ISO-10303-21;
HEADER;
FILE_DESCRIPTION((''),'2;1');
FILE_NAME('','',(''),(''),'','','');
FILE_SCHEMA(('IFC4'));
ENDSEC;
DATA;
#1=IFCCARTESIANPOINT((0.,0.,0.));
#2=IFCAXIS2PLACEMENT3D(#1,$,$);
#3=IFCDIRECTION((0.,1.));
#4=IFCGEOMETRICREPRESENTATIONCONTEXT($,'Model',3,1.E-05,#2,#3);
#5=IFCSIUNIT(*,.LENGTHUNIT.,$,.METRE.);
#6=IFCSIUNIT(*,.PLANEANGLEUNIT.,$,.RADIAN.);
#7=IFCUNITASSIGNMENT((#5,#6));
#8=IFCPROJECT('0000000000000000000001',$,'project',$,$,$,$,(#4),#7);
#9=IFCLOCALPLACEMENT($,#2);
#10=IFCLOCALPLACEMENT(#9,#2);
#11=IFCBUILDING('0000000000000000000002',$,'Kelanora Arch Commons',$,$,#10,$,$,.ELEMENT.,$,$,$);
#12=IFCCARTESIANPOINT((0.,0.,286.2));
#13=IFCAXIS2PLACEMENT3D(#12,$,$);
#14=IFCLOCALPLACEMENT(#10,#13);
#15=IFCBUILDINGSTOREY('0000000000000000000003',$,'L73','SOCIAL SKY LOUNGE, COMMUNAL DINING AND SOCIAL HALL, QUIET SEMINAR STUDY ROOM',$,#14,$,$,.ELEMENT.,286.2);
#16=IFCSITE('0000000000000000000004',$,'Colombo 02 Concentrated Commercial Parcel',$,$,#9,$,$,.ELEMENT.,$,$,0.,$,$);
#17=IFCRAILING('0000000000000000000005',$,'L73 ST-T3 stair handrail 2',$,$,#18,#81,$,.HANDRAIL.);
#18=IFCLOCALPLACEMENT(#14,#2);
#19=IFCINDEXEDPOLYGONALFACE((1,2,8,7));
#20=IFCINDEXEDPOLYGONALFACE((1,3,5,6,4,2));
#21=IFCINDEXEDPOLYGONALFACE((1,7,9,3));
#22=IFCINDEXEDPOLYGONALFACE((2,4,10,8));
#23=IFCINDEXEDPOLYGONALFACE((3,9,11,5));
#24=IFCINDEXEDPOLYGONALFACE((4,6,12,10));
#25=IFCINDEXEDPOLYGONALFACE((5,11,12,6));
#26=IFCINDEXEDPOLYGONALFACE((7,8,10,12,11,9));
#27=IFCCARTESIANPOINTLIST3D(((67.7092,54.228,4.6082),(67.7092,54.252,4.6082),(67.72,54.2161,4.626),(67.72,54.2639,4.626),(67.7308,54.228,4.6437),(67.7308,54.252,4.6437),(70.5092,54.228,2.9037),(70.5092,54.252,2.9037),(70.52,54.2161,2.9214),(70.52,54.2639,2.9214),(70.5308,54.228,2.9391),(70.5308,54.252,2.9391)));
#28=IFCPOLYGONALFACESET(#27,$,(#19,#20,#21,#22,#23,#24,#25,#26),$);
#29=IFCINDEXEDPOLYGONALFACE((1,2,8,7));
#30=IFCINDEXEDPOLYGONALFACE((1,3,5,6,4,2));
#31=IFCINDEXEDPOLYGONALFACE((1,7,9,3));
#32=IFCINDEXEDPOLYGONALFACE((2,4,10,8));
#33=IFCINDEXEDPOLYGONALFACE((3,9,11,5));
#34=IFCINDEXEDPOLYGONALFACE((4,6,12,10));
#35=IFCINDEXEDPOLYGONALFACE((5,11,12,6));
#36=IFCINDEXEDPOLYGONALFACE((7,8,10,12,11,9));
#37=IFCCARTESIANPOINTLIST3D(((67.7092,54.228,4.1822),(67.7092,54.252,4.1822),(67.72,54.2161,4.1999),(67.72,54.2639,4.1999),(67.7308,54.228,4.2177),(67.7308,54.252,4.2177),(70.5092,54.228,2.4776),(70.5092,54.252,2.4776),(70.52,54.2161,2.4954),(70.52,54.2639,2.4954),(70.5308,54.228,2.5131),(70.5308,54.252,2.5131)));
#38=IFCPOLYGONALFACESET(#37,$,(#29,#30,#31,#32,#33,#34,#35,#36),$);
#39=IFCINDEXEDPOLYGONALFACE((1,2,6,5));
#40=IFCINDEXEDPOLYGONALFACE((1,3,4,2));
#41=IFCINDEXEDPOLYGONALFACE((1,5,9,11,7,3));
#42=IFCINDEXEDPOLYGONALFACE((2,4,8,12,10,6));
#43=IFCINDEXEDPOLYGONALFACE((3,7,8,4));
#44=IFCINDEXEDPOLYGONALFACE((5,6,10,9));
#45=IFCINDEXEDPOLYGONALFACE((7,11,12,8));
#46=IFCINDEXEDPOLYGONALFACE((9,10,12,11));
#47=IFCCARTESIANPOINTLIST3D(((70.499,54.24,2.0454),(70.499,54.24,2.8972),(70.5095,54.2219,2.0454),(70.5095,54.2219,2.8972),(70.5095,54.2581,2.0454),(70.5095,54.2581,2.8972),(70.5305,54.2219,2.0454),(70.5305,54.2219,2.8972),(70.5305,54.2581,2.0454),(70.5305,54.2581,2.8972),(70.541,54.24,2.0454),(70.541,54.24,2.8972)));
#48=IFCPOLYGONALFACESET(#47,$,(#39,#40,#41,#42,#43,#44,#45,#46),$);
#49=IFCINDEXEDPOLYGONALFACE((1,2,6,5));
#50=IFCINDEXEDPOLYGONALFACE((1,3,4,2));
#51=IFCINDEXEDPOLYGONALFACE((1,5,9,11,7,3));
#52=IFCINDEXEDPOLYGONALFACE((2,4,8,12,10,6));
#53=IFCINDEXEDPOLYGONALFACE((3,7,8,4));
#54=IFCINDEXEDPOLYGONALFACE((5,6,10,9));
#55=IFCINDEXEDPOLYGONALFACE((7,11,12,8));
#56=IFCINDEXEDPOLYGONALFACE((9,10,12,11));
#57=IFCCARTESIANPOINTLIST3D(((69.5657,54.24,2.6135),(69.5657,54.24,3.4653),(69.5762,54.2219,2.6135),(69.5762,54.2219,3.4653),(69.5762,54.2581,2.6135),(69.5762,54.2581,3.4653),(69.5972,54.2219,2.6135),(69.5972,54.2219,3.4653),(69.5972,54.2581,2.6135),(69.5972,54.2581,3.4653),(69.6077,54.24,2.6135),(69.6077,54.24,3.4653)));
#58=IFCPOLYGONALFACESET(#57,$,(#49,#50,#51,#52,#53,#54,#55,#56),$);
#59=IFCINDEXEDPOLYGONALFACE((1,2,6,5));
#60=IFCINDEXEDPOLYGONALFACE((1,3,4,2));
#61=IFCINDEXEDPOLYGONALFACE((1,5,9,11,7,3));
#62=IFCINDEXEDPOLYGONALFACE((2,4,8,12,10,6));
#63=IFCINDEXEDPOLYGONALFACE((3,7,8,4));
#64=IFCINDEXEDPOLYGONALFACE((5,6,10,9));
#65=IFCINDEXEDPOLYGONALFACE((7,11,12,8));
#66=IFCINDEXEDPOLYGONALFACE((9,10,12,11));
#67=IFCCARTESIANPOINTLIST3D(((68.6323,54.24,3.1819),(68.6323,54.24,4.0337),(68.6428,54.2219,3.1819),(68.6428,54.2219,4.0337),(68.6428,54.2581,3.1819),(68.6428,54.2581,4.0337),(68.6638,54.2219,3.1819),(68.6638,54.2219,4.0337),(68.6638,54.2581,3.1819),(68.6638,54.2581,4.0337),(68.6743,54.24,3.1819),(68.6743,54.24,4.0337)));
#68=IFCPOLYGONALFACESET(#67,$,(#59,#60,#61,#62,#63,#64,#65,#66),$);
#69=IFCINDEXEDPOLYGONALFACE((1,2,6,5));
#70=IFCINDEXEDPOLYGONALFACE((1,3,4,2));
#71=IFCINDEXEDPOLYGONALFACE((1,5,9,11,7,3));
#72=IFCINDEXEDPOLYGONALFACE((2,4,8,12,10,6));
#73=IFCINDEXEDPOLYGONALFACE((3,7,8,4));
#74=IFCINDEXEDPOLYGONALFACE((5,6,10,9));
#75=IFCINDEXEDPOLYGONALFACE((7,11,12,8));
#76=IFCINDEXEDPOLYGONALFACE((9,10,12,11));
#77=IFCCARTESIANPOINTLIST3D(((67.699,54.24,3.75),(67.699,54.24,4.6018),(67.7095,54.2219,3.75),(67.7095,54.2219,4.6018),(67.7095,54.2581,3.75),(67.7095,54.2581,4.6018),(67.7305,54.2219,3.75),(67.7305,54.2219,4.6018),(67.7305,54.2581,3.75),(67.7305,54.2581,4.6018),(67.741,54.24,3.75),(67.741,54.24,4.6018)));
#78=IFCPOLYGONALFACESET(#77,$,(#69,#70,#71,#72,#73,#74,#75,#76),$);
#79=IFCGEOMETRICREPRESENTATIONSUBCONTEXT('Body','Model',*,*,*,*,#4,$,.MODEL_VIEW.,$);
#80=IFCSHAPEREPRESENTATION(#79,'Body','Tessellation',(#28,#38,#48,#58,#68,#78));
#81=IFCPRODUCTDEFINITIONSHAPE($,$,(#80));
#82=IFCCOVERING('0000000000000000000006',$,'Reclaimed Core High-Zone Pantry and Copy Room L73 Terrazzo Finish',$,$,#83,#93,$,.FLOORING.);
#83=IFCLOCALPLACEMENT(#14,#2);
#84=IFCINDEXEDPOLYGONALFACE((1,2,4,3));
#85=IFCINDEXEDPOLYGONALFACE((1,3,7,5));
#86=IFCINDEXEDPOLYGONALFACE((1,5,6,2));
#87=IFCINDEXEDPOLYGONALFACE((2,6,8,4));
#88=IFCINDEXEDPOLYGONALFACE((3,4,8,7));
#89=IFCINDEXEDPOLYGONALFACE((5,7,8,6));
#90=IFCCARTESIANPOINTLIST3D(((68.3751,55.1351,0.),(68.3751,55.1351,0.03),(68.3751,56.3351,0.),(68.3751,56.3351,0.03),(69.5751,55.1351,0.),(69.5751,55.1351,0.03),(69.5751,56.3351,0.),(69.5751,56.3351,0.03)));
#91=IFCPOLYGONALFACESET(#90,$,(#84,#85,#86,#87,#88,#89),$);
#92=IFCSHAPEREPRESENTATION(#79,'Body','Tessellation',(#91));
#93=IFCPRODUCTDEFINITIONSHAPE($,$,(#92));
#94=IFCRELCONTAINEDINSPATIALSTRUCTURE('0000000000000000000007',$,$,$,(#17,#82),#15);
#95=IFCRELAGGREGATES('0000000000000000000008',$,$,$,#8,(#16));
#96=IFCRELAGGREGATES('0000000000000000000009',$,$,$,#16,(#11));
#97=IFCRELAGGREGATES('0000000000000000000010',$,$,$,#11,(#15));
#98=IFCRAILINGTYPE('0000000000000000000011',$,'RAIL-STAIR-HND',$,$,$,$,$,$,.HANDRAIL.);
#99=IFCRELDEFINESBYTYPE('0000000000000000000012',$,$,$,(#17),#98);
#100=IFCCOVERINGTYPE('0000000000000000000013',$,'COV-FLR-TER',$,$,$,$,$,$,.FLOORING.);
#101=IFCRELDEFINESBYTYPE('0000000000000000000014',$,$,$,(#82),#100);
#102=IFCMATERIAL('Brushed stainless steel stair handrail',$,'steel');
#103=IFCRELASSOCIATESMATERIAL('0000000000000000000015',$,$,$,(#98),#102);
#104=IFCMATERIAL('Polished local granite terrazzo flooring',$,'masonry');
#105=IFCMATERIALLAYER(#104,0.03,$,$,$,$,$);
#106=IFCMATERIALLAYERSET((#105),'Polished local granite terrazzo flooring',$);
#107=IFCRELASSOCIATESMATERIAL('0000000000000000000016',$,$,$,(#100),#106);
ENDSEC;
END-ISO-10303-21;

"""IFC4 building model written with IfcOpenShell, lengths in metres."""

from ifc_helpers import new_model, si_unit, direction, frame, origin, origin_2d, place, context, subcontext, project, spatial, polyline, rectangle, outline, extrude, source, transform, mapped, material, layer, layer_set, type_object, element, save


model = new_model("IFC4")

# Units and contexts
model_context = context("Model", 3, precision=1e-05, world=origin(), true_north=direction((0.0, 1.0)))
body_context = subcontext(model_context, "Body", "Model", "MODEL_VIEW")
ifc_project = project(units=[si_unit("LENGTHUNIT", "METRE"), si_unit("PLANEANGLEUNIT", "RADIAN")], contexts=[model_context])

# Site, building, storey
site_placement = place(None, origin())
site = spatial("IfcSite", under=ifc_project, at=site_placement, Name="Colombo 02 Concentrated Commercial Parcel", CompositionType="ELEMENT", RefElevation=0.0)
building_placement = place(site_placement, origin())
building = spatial("IfcBuilding", under=site, at=building_placement, Name="Kelanora Arch Commons", CompositionType="ELEMENT")
storey_placement = place(building_placement, frame((0.0, 0.0, 286.2)))
storey = spatial("IfcBuildingStorey", under=building, at=storey_placement, Name="L73", Description="SOCIAL SKY LOUNGE, COMMUNAL DINING AND SOCIAL HALL, QUIET SEMINAR STUDY ROOM", CompositionType="ELEMENT", Elevation=286.2)

# Railing
ifc_material_1 = material(Name="Brushed stainless steel stair handrail", Category="steel")
railing_type_1 = type_object("IfcRailingType", Name="RAIL-STAIR-HND", PredefinedType="HANDRAIL", material=ifc_material_1)
railing_1_placement = place(storey_placement, frame((70.52, 54.24, 2.0454)))
element("IfcRailing", 1, at=railing_1_placement, inside=storey, type_object=railing_type_1, Name="L73 ST-T3 stair handrail 2", PredefinedType="HANDRAIL", context=body_context, shape_type="SweptSolid", body=[
    extrude(outline(polyline([(0.0239, 0.0), (0.012, 0.0208), (-0.012, 0.0208), (-0.0239, 0.0), (-0.012, -0.0208), (0.012, -0.0208), (0.0239, 0.0)])), frame((0.0, 0.0, 0.876), z_axis=(-0.85417, 0.0, 0.519994), x_axis=(0.0, -1.0, 0.0)), (0.0, 0.0, 1.0), 3.2781),
    extrude(outline(polyline([(0.0239, 0.0), (0.012, 0.0208), (-0.012, 0.0208), (-0.0239, 0.0), (-0.012, -0.0208), (0.012, -0.0208), (0.0239, 0.0)])), frame((0.0, 0.0, 0.45), z_axis=(-0.85417, 0.0, 0.519994), x_axis=(0.0, -1.0, 0.0)), (0.0, 0.0, 1.0), 3.2781),
    extrude(outline(polyline([(0.021, 0.0), (0.0105, 0.0181), (-0.0105, 0.0181), (-0.021, 0.0), (-0.0105, -0.0181), (0.0105, -0.0181), (0.021, 0.0)])), origin(), (0.0, 0.0, 1.0), 0.8518),
    extrude(outline(polyline([(0.021, 0.0), (0.0105, 0.0181), (-0.0105, 0.0181), (-0.021, 0.0), (-0.0105, -0.0181), (0.0105, -0.0181), (0.021, 0.0)])), frame((-0.9333, 0.0, 0.5681)), (0.0, 0.0, 1.0), 0.8518),
    extrude(outline(polyline([(0.021, 0.0), (0.0105, 0.0181), (-0.0105, 0.0181), (-0.021, 0.0), (-0.0105, -0.0181), (0.0105, -0.0181), (0.021, 0.0)])), frame((-1.8667, 0.0, 1.1365)), (0.0, 0.0, 1.0), 0.8518),
    extrude(outline(polyline([(0.021, 0.0), (0.0105, 0.0181), (-0.0105, 0.0181), (-0.021, 0.0), (-0.0105, -0.0181), (0.0105, -0.0181), (0.021, 0.0)])), frame((-2.8, 0.0, 1.7046)), (0.0, 0.0, 1.0), 0.8518),
])

# Covering
ifc_material_2 = material(Name="Polished local granite terrazzo flooring", Category="masonry")
ifc_layer_1 = layer(ifc_material_2, 0.03)
ifc_layer_set_1 = layer_set([ifc_layer_1], Name="Polished local granite terrazzo flooring")
covering_type = type_object("IfcCoveringType", Name="COV-FLR-TER", PredefinedType="FLOORING", material=ifc_layer_set_1)
shared_shape = source(origin(), body_context, "Body", "SweptSolid", [
    extrude(rectangle(XDim=1.2, YDim=1.2, at=origin_2d()), origin(), (0.0, 0.0, 1.0), 0.03),
])
covering_placement = place(storey_placement, frame((68.9751, 55.7351, 0.0), z_axis=(0.0, 0.0, 1.0), x_axis=(1.0, 0.0, 0.0)))
element("IfcCovering", 2, at=covering_placement, inside=storey, type_object=covering_type, Name="Reclaimed Core High-Zone Pantry and Copy Room L73 Terrazzo Finish", PredefinedType="FLOORING", context=body_context, shape_type="MappedRepresentation", body=[
    mapped(shared_shape, transform((0.0, 0.0, 0.0), scale=1.0)),
])

save(model, "model.ifc")
